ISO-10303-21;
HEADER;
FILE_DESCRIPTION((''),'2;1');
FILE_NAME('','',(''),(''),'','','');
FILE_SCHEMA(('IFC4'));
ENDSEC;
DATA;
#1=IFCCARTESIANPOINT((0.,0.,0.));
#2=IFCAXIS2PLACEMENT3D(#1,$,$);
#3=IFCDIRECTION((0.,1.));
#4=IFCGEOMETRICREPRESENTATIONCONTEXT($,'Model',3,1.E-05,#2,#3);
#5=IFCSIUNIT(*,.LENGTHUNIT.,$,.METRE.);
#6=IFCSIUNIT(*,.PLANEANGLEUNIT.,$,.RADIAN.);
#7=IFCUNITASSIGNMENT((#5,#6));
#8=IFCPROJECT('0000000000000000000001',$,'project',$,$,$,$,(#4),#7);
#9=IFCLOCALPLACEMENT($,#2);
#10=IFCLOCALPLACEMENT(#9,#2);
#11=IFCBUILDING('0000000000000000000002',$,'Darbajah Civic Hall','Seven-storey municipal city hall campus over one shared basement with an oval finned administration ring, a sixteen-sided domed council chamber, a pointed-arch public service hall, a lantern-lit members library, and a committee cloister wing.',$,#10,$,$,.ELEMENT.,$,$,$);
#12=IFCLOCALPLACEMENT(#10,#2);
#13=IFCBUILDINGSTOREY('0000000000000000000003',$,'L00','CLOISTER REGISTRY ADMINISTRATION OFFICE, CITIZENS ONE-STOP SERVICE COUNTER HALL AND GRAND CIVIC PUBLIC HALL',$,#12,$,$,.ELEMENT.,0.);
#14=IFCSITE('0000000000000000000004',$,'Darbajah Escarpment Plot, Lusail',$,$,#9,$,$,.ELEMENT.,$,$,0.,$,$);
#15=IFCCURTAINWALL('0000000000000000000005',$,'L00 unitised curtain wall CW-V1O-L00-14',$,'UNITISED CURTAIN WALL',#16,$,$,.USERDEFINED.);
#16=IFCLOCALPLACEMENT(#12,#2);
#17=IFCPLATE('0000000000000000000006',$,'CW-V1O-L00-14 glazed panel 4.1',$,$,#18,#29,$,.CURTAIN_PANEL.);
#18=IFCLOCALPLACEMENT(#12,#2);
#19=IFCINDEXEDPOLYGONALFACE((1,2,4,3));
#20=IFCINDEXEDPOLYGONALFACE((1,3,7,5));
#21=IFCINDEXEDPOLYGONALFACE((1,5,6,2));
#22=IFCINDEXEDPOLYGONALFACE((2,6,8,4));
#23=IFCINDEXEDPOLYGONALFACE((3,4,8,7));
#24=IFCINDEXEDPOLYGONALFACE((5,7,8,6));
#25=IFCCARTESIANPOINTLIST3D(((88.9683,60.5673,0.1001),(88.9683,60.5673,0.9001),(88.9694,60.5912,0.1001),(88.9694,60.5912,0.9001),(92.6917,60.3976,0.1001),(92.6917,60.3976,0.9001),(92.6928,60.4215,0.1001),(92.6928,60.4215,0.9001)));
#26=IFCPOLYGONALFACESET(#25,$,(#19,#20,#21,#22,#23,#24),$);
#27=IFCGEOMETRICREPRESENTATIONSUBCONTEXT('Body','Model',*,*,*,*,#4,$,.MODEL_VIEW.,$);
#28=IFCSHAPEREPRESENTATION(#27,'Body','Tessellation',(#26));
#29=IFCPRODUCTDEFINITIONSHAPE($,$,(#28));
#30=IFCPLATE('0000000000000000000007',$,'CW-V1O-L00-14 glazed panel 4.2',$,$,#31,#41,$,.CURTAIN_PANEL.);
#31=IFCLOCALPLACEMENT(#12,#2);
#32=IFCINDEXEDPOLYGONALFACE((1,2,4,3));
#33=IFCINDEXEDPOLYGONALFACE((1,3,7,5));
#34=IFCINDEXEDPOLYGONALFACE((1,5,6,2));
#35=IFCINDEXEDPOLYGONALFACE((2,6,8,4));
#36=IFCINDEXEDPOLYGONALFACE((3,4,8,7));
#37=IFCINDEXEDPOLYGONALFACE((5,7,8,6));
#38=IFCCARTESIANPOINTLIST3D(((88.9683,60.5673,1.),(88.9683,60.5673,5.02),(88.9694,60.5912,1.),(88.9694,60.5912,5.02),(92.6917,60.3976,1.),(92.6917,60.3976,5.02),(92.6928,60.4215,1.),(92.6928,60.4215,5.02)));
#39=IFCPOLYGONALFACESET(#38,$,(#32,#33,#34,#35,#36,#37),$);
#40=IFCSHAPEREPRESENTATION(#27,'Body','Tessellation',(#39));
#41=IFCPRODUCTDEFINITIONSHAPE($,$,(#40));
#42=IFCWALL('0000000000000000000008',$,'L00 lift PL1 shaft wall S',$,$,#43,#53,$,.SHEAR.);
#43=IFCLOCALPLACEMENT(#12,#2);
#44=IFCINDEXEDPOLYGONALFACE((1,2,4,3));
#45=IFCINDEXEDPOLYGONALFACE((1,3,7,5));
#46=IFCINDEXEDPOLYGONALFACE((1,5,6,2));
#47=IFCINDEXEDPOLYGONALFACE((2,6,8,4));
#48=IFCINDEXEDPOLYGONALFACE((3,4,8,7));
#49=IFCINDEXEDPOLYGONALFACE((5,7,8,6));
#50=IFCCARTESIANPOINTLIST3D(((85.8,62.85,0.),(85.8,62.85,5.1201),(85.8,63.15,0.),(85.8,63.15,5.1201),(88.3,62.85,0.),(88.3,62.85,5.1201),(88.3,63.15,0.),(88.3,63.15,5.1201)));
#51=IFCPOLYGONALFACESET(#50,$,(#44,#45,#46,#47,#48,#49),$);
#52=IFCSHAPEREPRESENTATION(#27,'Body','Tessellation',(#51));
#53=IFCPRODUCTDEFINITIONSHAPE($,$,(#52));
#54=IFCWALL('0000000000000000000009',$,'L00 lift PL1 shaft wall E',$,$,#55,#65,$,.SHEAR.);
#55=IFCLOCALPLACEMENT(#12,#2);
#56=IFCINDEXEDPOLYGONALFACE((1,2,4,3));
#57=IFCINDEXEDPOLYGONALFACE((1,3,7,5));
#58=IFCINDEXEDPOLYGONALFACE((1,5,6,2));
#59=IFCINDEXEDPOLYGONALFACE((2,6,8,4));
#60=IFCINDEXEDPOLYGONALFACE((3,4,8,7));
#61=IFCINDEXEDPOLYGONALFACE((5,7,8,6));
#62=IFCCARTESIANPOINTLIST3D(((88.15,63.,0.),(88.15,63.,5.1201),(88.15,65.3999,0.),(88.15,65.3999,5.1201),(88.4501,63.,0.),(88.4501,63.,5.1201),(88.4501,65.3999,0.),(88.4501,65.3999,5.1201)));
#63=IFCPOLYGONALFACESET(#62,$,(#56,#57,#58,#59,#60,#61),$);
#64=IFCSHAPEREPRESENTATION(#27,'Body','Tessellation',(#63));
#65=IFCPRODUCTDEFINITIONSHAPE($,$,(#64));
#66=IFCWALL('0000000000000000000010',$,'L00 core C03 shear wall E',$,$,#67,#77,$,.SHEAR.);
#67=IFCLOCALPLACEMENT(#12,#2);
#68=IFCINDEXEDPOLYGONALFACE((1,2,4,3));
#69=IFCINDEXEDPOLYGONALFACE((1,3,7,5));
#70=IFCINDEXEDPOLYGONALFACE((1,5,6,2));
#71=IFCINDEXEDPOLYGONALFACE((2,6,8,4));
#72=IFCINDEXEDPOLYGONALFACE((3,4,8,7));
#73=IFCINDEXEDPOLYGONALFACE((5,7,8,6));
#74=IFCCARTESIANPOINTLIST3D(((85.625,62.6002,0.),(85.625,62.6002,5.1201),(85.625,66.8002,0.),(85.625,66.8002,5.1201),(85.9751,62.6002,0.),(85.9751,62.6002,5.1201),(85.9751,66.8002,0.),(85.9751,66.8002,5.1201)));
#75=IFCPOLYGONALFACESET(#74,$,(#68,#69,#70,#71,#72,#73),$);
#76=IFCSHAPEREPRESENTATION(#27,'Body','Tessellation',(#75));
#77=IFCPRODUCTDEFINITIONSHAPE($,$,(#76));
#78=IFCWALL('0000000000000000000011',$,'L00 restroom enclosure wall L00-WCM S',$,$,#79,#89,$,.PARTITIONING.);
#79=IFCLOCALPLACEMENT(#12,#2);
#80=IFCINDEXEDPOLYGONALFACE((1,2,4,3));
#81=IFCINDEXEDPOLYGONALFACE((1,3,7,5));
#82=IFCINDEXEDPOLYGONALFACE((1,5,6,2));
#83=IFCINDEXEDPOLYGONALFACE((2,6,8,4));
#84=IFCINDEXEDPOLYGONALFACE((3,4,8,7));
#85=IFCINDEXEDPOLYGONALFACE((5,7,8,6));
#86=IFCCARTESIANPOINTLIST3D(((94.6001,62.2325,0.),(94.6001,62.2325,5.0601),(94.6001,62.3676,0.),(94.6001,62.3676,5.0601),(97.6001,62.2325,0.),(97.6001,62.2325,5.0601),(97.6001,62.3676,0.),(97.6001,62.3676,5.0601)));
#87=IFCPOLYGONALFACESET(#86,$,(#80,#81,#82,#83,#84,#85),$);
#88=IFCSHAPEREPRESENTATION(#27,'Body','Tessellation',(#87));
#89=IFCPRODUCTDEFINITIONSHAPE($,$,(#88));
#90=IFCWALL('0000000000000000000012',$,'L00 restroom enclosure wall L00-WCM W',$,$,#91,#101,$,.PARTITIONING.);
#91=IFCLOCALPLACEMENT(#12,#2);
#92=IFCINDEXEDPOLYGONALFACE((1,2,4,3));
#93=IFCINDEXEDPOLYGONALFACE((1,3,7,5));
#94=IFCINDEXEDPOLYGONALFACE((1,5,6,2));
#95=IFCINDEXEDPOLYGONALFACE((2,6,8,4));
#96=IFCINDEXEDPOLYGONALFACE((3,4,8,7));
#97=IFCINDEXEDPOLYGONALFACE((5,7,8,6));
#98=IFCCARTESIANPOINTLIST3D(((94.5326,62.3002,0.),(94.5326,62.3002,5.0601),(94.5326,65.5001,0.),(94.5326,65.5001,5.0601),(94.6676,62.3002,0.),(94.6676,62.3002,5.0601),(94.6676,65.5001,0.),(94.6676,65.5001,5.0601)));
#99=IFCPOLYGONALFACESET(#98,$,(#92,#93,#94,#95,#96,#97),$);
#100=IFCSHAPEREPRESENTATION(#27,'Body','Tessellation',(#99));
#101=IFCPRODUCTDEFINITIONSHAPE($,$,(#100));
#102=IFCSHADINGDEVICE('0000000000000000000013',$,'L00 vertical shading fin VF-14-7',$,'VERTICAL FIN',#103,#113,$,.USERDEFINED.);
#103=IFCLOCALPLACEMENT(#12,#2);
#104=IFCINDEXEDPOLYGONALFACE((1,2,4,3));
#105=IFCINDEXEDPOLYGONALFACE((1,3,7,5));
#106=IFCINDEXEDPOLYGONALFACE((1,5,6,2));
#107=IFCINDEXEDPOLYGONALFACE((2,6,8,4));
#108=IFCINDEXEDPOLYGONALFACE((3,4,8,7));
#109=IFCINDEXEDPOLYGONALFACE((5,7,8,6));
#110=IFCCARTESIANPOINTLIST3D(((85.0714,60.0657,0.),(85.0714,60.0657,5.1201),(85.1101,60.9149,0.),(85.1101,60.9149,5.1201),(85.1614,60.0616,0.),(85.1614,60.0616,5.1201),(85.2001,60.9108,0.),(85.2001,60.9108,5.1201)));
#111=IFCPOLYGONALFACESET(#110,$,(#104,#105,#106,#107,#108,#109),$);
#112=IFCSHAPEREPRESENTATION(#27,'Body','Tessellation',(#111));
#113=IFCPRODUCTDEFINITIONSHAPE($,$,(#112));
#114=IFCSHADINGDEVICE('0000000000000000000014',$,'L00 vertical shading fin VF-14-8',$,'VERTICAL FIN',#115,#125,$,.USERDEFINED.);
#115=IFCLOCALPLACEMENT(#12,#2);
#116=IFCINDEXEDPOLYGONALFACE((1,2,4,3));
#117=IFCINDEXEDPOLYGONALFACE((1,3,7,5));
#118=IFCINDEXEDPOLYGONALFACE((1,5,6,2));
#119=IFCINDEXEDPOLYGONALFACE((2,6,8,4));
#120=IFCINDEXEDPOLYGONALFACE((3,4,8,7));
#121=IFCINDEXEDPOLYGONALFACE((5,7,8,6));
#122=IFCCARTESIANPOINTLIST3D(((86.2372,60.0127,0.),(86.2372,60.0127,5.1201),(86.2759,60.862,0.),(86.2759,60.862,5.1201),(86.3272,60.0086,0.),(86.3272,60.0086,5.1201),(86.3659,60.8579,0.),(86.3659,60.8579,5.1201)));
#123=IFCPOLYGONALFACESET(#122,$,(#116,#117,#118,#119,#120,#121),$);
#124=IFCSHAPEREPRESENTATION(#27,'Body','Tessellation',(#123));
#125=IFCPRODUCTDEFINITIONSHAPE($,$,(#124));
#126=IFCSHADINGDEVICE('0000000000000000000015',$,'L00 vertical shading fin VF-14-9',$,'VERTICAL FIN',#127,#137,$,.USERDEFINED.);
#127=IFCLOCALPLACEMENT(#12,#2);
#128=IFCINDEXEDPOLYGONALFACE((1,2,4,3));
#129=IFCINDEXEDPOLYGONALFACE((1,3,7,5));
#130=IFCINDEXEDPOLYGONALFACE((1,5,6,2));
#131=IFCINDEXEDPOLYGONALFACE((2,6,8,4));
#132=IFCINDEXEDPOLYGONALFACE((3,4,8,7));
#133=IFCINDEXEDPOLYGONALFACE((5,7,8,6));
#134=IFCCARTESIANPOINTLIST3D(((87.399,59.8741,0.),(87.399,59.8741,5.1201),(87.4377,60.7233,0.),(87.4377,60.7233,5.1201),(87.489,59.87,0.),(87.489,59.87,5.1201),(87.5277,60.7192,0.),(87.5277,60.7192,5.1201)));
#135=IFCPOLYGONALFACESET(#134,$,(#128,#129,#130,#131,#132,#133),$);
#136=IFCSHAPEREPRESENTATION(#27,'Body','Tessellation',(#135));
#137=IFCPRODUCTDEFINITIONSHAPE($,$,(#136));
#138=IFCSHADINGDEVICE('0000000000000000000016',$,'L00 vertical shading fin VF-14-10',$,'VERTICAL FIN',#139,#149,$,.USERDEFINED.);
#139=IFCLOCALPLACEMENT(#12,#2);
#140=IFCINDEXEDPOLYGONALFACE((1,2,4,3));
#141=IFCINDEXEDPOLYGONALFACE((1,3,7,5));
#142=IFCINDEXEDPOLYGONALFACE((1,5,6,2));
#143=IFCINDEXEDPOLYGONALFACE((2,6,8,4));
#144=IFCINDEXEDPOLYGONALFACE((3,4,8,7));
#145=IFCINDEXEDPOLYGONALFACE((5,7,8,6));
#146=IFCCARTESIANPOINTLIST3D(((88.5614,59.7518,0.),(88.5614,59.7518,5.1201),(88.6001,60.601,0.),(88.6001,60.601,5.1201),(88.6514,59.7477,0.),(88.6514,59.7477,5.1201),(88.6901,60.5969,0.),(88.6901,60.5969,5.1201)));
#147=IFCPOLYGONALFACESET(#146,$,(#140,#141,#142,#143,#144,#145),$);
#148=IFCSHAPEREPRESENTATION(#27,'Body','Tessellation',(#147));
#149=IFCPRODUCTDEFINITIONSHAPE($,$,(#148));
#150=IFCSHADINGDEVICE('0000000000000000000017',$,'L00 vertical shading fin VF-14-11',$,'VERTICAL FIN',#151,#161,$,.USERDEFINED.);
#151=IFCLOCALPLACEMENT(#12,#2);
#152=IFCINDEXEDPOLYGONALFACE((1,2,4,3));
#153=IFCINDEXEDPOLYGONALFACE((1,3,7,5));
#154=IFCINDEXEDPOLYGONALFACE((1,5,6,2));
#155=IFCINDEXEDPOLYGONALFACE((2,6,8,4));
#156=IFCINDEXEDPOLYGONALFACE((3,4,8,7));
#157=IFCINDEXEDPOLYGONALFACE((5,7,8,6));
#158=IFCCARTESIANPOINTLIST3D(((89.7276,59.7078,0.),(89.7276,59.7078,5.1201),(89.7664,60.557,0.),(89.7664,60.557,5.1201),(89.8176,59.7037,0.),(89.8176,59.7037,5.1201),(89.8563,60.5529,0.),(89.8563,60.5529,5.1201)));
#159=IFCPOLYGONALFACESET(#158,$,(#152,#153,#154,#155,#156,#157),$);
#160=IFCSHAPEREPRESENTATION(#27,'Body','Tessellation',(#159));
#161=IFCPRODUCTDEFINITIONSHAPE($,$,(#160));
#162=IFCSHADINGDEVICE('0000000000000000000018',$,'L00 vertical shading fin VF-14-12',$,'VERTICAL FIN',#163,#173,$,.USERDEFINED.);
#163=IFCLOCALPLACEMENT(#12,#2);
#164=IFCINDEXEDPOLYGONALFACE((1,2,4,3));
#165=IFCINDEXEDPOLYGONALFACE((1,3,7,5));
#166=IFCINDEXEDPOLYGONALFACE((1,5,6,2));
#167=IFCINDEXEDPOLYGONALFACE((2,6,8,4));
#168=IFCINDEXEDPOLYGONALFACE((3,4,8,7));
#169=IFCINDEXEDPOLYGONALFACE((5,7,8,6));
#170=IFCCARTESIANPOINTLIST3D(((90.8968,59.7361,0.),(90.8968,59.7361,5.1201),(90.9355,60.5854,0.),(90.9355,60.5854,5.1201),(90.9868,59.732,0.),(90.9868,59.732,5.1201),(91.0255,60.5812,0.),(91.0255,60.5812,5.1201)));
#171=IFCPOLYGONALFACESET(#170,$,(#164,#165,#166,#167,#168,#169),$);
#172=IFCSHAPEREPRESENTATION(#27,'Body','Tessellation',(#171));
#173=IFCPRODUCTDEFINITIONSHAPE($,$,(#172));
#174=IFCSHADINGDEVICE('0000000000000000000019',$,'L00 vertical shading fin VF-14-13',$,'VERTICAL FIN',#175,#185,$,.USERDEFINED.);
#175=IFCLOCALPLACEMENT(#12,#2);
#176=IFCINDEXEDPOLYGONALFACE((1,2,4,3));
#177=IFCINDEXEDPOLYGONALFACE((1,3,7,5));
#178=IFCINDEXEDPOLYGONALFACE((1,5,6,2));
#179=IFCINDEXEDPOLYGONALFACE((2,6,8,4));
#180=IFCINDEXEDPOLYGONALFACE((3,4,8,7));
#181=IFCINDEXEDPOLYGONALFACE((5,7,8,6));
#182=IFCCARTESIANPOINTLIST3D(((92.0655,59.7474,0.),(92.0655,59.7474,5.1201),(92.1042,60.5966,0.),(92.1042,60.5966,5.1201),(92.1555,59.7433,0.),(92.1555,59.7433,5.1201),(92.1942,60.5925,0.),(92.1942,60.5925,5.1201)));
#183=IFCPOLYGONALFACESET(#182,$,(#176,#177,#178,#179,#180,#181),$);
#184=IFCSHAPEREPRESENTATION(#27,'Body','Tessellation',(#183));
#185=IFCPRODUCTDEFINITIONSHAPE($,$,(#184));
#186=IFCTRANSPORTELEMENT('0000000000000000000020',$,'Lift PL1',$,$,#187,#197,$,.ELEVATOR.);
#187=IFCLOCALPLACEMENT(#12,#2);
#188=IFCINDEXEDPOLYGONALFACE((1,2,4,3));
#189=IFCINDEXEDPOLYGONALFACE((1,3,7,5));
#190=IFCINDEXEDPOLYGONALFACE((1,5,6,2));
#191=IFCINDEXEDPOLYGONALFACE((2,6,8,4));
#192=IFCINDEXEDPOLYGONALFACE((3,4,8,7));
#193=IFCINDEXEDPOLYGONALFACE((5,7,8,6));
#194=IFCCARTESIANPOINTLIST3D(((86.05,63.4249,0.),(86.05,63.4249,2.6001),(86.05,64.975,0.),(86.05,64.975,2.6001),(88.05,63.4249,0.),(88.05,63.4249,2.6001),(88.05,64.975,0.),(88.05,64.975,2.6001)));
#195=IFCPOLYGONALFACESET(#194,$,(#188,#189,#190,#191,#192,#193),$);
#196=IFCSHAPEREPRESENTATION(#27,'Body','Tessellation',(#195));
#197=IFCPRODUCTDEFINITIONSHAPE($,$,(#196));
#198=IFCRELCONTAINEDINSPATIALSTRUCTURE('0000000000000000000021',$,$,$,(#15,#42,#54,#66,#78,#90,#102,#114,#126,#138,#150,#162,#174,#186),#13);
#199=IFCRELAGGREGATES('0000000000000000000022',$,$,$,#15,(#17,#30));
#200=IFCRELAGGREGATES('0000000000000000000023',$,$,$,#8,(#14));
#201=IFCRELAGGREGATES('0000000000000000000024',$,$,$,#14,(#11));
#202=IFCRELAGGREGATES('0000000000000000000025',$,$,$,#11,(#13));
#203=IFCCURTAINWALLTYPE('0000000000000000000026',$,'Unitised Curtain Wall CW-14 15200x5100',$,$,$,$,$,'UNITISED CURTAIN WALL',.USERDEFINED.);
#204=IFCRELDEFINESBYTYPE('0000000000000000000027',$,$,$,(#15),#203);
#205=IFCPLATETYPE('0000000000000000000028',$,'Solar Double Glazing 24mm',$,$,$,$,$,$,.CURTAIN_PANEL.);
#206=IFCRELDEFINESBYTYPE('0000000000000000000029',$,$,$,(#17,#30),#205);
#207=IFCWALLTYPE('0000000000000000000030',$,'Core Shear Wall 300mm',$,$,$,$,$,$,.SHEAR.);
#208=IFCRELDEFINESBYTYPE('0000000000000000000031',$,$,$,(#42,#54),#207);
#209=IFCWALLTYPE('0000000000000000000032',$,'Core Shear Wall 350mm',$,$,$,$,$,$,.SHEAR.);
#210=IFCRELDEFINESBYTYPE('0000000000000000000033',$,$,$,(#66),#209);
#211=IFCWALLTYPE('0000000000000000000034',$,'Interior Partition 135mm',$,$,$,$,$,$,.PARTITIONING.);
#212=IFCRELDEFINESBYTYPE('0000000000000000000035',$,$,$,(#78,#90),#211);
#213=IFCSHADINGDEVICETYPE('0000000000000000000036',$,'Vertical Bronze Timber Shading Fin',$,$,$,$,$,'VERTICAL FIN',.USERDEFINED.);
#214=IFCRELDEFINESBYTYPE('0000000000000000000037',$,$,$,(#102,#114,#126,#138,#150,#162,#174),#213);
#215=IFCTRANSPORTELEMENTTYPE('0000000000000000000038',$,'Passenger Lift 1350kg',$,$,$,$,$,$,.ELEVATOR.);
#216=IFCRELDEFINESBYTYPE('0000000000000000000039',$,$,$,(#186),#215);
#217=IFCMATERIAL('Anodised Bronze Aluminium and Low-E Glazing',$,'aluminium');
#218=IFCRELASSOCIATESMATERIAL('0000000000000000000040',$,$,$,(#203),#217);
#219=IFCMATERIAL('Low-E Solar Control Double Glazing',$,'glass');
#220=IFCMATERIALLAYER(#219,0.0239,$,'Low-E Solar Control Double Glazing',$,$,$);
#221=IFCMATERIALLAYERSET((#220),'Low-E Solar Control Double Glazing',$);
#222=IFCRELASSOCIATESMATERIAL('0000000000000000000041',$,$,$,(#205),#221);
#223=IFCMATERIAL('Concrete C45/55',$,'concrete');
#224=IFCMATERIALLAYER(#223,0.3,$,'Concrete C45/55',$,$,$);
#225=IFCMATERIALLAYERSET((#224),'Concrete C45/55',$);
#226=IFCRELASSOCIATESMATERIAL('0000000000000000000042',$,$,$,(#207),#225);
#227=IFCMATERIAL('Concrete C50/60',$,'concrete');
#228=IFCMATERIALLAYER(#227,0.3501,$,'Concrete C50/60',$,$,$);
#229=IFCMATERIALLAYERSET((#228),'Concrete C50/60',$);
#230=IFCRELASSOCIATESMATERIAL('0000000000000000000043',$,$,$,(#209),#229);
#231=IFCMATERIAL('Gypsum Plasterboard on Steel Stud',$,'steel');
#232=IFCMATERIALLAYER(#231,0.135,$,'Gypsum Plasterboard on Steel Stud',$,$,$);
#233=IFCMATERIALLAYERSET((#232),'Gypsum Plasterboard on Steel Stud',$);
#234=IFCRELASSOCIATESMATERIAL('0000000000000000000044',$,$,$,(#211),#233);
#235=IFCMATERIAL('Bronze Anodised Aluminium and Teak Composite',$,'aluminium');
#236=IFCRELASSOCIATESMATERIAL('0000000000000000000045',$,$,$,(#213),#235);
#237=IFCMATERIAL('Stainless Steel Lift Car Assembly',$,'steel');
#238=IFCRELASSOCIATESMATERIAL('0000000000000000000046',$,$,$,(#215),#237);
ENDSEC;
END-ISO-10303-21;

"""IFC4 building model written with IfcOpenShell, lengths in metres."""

from ifc_helpers import new_model, si_unit, direction, frame, frame_2d, origin, origin_2d, place, context, subcontext, project, spatial, rectangle, extrude, material, layer, layer_set, type_object, element, aggregate, save


model = new_model("IFC4")

# Units and contexts
model_context = context("Model", 3, precision=1e-05, world=origin(), true_north=direction((0.0, 1.0)))
body_context = subcontext(model_context, "Body", "Model", "MODEL_VIEW")
ifc_project = project(units=[si_unit("LENGTHUNIT", "METRE"), si_unit("PLANEANGLEUNIT", "RADIAN")], contexts=[model_context])

# Site, building, storey
site_placement = place(None, origin())
site = spatial("IfcSite", under=ifc_project, at=site_placement, Name="Darbajah Escarpment Plot, Lusail", CompositionType="ELEMENT", RefElevation=0.0)
building_placement = place(site_placement, origin())
building = spatial("IfcBuilding", under=site, at=building_placement, Name="Darbajah Civic Hall", Description="Seven-storey municipal city hall campus over one shared basement with an oval finned administration ring, a sixteen-sided domed council chamber, a pointed-arch public service hall, a lantern-lit members library, and a committee cloister wing.", CompositionType="ELEMENT")
storey_placement = place(building_placement, origin())
storey = spatial("IfcBuildingStorey", under=building, at=storey_placement, Name="L00", Description="CLOISTER REGISTRY ADMINISTRATION OFFICE, CITIZENS ONE-STOP SERVICE COUNTER HALL AND GRAND CIVIC PUBLIC HALL", CompositionType="ELEMENT", Elevation=0.0)

# Shared definitions
ifc_material_1 = material(Name="Concrete C50/60", Category="concrete")

# Curtain wall
ifc_material_2 = material(Name="Anodised Bronze Aluminium and Low-E Glazing", Category="aluminium")
curtain_wall_type = type_object("IfcCurtainWallType", Name="Unitised Curtain Wall CW-14 15200x5100", ElementType="UNITISED CURTAIN WALL", PredefinedType="USERDEFINED", material=ifc_material_2)
curtain_wall_placement = place(storey_placement, origin())
curtain_wall = element("IfcCurtainWall", 1, at=curtain_wall_placement, inside=storey, type_object=curtain_wall_type, Name="L00 unitised curtain wall CW-V1O-L00-14", ObjectType="UNITISED CURTAIN WALL", PredefinedType="USERDEFINED")

# Plates
ifc_material_3 = material(Name="Low-E Solar Control Double Glazing", Category="glass")
ifc_layer_1 = layer(ifc_material_3, 0.0239, Name="Low-E Solar Control Double Glazing")
ifc_layer_set_1 = layer_set([ifc_layer_1], Name="Low-E Solar Control Double Glazing")
plate_type = type_object("IfcPlateType", Name="Solar Double Glazing 24mm", PredefinedType="CURTAIN_PANEL", material=ifc_layer_set_1)
plate_1_placement = place(storey_placement, frame((90.8306, 60.4944, 0.1001), z_axis=(0.0, 0.0, 1.0), x_axis=(0.998963, -0.045537, 0.0)))
plate_1 = element("IfcPlate", 2, at=plate_1_placement, type_object=plate_type, Name="CW-V1O-L00-14 glazed panel 4.1", PredefinedType="CURTAIN_PANEL", context=body_context, shape_type="SweptSolid", body=[
    extrude(rectangle(XDim=3.7273, YDim=0.0239, at=origin_2d()), origin(), (0.0, 0.0, 1.0), 0.8),
])
plate_2_placement = place(storey_placement, frame((90.8306, 60.4944, 1.0), z_axis=(0.0, 0.0, 1.0), x_axis=(0.998963, -0.045537, 0.0)))
plate_2 = element("IfcPlate", 3, at=plate_2_placement, type_object=plate_type, Name="CW-V1O-L00-14 glazed panel 4.2", PredefinedType="CURTAIN_PANEL", context=body_context, shape_type="SweptSolid", body=[
    extrude(rectangle(XDim=3.7273, YDim=0.0239, at=origin_2d()), origin(), (0.0, 0.0, 1.0), 4.02),
])
aggregate(curtain_wall, [plate_1, plate_2])

# Walls
ifc_material_4 = material(Name="Concrete C45/55", Category="concrete")
ifc_layer_2 = layer(ifc_material_4, 0.3, Name="Concrete C45/55")
ifc_layer_set_2 = layer_set([ifc_layer_2], Name="Concrete C45/55")
wall_type_1 = type_object("IfcWallType", Name="Core Shear Wall 300mm", PredefinedType="SHEAR", material=ifc_layer_set_2)
wall_1_placement = place(storey_placement, frame((85.8, 63.0, 0.0), z_axis=(0.0, 0.0, 1.0), x_axis=(1.0, 0.0, 0.0)))
element("IfcWall", 4, at=wall_1_placement, inside=storey, type_object=wall_type_1, Name="L00 lift PL1 shaft wall S", PredefinedType="SHEAR", context=body_context, shape_type="SweptSolid", body=[
    extrude(rectangle(XDim=2.5, YDim=0.3, at=frame_2d((1.25, 0.0))), origin(), (0.0, 0.0, 1.0), 5.1201),
])
wall_2_placement = place(storey_placement, frame((88.3, 63.0, 0.0), z_axis=(0.0, 0.0, 1.0), x_axis=(0.0, 1.0, 0.0)))
element("IfcWall", 5, at=wall_2_placement, inside=storey, type_object=wall_type_1, Name="L00 lift PL1 shaft wall E", PredefinedType="SHEAR", context=body_context, shape_type="SweptSolid", body=[
    extrude(rectangle(XDim=2.3999, YDim=0.3, at=frame_2d((1.2, 0.0))), origin(), (0.0, 0.0, 1.0), 5.1201),
])
ifc_layer_3 = layer(ifc_material_1, 0.3501, Name="Concrete C50/60")
ifc_layer_set_3 = layer_set([ifc_layer_3], Name="Concrete C50/60")
wall_type_2 = type_object("IfcWallType", Name="Core Shear Wall 350mm", PredefinedType="SHEAR", material=ifc_layer_set_3)
wall_3_placement = place(storey_placement, frame((85.8, 62.6001, 0.0), z_axis=(0.0, 0.0, 1.0), x_axis=(0.0, 1.0, 0.0)))
element("IfcWall", 6, at=wall_3_placement, inside=storey, type_object=wall_type_2, Name="L00 core C03 shear wall E", PredefinedType="SHEAR", context=body_context, shape_type="SweptSolid", body=[
    extrude(rectangle(XDim=4.2, YDim=0.3501, at=frame_2d((2.1001, 0.0))), origin(), (0.0, 0.0, 1.0), 5.1201),
])
ifc_material_5 = material(Name="Gypsum Plasterboard on Steel Stud", Category="steel")
ifc_layer_4 = layer(ifc_material_5, 0.135, Name="Gypsum Plasterboard on Steel Stud")
ifc_layer_set_4 = layer_set([ifc_layer_4], Name="Gypsum Plasterboard on Steel Stud")
wall_type_3 = type_object("IfcWallType", Name="Interior Partition 135mm", PredefinedType="PARTITIONING", material=ifc_layer_set_4)
wall_4_placement = place(storey_placement, frame((94.6001, 62.3, 0.0), z_axis=(0.0, 0.0, 1.0), x_axis=(1.0, 0.0, 0.0)))
element("IfcWall", 7, at=wall_4_placement, inside=storey, type_object=wall_type_3, Name="L00 restroom enclosure wall L00-WCM S", PredefinedType="PARTITIONING", context=body_context, shape_type="SweptSolid", body=[
    extrude(rectangle(XDim=3.0, YDim=0.135, at=frame_2d((1.5, 0.0))), origin(), (0.0, 0.0, 1.0), 5.0601),
])
wall_5_placement = place(storey_placement, frame((94.6001, 62.3, 0.0), z_axis=(0.0, 0.0, 1.0), x_axis=(0.0, 1.0, 0.0)))
element("IfcWall", 8, at=wall_5_placement, inside=storey, type_object=wall_type_3, Name="L00 restroom enclosure wall L00-WCM W", PredefinedType="PARTITIONING", context=body_context, shape_type="SweptSolid", body=[
    extrude(rectangle(XDim=3.2, YDim=0.135, at=frame_2d((1.6001, 0.0))), origin(), (0.0, 0.0, 1.0), 5.0601),
])

# Shading devices
ifc_material_6 = material(Name="Bronze Anodised Aluminium and Teak Composite", Category="aluminium")
shading_device_type = type_object("IfcShadingDeviceType", Name="Vertical Bronze Timber Shading Fin", ElementType="VERTICAL FIN", PredefinedType="USERDEFINED", material=ifc_material_6)
for number, where, z_axis, x_axis, name in (
    (9, (85.1357, 60.4883, 0.0), (0.0, 0.0, 1.0), (-0.045537, -0.998963, 0.0), "L00 vertical shading fin VF-14-7"),
    (10, (86.3015, 60.4353, 0.0), (0.0, 0.0, 1.0), (-0.045537, -0.998963, 0.0), "L00 vertical shading fin VF-14-8"),
    (11, (87.4634, 60.2966, 0.0), (0.0, 0.0, 1.0), (-0.045537, -0.998963, 0.0), "L00 vertical shading fin VF-14-9"),
    (12, (88.6257, 60.1743, 0.0), (0.0, 0.0, 1.0), (-0.045537, -0.998963, 0.0), "L00 vertical shading fin VF-14-10"),
    (13, (89.792, 60.1304, 0.0), (0.0, 0.0, 1.0), (-0.045537, -0.998963, 0.0), "L00 vertical shading fin VF-14-11"),
    (14, (90.9612, 60.1587, 0.0), (0.0, 0.0, 1.0), (-0.045537, -0.998963, 0.0), "L00 vertical shading fin VF-14-12"),
    (15, (92.1299, 60.1699, 0.0), (0.0, 0.0, 1.0), (-0.045537, -0.998963, 0.0), "L00 vertical shading fin VF-14-13"),
):
    element("IfcShadingDevice", number, at=place(storey_placement, frame(where, z_axis=z_axis, x_axis=x_axis)), inside=storey, type_object=shading_device_type, Name=name, ObjectType="VERTICAL FIN", PredefinedType="USERDEFINED", context=body_context, shape_type="SweptSolid", body=[
        extrude(rectangle(XDim=0.8501, YDim=0.0901, at=origin_2d()), origin(), (0.0, 0.0, 1.0), 5.1201),
    ])

# Transport element
ifc_material_7 = material(Name="Stainless Steel Lift Car Assembly", Category="steel")
transport_element_type = type_object("IfcTransportElementType", Name="Passenger Lift 1350kg", PredefinedType="ELEVATOR", material=ifc_material_7)
transport_element_placement = place(storey_placement, frame((87.05, 64.2, 0.0), z_axis=(0.0, 0.0, 1.0), x_axis=(1.0, 0.0, 0.0)))
element("IfcTransportElement", 16, at=transport_element_placement, inside=storey, type_object=transport_element_type, Name="Lift PL1", PredefinedType="ELEVATOR", context=body_context, shape_type="SweptSolid", body=[
    extrude(rectangle(XDim=2.0, YDim=1.55, at=origin_2d()), origin(), (0.0, 0.0, 1.0), 2.6001),
])

save(model, "model.ifc")
